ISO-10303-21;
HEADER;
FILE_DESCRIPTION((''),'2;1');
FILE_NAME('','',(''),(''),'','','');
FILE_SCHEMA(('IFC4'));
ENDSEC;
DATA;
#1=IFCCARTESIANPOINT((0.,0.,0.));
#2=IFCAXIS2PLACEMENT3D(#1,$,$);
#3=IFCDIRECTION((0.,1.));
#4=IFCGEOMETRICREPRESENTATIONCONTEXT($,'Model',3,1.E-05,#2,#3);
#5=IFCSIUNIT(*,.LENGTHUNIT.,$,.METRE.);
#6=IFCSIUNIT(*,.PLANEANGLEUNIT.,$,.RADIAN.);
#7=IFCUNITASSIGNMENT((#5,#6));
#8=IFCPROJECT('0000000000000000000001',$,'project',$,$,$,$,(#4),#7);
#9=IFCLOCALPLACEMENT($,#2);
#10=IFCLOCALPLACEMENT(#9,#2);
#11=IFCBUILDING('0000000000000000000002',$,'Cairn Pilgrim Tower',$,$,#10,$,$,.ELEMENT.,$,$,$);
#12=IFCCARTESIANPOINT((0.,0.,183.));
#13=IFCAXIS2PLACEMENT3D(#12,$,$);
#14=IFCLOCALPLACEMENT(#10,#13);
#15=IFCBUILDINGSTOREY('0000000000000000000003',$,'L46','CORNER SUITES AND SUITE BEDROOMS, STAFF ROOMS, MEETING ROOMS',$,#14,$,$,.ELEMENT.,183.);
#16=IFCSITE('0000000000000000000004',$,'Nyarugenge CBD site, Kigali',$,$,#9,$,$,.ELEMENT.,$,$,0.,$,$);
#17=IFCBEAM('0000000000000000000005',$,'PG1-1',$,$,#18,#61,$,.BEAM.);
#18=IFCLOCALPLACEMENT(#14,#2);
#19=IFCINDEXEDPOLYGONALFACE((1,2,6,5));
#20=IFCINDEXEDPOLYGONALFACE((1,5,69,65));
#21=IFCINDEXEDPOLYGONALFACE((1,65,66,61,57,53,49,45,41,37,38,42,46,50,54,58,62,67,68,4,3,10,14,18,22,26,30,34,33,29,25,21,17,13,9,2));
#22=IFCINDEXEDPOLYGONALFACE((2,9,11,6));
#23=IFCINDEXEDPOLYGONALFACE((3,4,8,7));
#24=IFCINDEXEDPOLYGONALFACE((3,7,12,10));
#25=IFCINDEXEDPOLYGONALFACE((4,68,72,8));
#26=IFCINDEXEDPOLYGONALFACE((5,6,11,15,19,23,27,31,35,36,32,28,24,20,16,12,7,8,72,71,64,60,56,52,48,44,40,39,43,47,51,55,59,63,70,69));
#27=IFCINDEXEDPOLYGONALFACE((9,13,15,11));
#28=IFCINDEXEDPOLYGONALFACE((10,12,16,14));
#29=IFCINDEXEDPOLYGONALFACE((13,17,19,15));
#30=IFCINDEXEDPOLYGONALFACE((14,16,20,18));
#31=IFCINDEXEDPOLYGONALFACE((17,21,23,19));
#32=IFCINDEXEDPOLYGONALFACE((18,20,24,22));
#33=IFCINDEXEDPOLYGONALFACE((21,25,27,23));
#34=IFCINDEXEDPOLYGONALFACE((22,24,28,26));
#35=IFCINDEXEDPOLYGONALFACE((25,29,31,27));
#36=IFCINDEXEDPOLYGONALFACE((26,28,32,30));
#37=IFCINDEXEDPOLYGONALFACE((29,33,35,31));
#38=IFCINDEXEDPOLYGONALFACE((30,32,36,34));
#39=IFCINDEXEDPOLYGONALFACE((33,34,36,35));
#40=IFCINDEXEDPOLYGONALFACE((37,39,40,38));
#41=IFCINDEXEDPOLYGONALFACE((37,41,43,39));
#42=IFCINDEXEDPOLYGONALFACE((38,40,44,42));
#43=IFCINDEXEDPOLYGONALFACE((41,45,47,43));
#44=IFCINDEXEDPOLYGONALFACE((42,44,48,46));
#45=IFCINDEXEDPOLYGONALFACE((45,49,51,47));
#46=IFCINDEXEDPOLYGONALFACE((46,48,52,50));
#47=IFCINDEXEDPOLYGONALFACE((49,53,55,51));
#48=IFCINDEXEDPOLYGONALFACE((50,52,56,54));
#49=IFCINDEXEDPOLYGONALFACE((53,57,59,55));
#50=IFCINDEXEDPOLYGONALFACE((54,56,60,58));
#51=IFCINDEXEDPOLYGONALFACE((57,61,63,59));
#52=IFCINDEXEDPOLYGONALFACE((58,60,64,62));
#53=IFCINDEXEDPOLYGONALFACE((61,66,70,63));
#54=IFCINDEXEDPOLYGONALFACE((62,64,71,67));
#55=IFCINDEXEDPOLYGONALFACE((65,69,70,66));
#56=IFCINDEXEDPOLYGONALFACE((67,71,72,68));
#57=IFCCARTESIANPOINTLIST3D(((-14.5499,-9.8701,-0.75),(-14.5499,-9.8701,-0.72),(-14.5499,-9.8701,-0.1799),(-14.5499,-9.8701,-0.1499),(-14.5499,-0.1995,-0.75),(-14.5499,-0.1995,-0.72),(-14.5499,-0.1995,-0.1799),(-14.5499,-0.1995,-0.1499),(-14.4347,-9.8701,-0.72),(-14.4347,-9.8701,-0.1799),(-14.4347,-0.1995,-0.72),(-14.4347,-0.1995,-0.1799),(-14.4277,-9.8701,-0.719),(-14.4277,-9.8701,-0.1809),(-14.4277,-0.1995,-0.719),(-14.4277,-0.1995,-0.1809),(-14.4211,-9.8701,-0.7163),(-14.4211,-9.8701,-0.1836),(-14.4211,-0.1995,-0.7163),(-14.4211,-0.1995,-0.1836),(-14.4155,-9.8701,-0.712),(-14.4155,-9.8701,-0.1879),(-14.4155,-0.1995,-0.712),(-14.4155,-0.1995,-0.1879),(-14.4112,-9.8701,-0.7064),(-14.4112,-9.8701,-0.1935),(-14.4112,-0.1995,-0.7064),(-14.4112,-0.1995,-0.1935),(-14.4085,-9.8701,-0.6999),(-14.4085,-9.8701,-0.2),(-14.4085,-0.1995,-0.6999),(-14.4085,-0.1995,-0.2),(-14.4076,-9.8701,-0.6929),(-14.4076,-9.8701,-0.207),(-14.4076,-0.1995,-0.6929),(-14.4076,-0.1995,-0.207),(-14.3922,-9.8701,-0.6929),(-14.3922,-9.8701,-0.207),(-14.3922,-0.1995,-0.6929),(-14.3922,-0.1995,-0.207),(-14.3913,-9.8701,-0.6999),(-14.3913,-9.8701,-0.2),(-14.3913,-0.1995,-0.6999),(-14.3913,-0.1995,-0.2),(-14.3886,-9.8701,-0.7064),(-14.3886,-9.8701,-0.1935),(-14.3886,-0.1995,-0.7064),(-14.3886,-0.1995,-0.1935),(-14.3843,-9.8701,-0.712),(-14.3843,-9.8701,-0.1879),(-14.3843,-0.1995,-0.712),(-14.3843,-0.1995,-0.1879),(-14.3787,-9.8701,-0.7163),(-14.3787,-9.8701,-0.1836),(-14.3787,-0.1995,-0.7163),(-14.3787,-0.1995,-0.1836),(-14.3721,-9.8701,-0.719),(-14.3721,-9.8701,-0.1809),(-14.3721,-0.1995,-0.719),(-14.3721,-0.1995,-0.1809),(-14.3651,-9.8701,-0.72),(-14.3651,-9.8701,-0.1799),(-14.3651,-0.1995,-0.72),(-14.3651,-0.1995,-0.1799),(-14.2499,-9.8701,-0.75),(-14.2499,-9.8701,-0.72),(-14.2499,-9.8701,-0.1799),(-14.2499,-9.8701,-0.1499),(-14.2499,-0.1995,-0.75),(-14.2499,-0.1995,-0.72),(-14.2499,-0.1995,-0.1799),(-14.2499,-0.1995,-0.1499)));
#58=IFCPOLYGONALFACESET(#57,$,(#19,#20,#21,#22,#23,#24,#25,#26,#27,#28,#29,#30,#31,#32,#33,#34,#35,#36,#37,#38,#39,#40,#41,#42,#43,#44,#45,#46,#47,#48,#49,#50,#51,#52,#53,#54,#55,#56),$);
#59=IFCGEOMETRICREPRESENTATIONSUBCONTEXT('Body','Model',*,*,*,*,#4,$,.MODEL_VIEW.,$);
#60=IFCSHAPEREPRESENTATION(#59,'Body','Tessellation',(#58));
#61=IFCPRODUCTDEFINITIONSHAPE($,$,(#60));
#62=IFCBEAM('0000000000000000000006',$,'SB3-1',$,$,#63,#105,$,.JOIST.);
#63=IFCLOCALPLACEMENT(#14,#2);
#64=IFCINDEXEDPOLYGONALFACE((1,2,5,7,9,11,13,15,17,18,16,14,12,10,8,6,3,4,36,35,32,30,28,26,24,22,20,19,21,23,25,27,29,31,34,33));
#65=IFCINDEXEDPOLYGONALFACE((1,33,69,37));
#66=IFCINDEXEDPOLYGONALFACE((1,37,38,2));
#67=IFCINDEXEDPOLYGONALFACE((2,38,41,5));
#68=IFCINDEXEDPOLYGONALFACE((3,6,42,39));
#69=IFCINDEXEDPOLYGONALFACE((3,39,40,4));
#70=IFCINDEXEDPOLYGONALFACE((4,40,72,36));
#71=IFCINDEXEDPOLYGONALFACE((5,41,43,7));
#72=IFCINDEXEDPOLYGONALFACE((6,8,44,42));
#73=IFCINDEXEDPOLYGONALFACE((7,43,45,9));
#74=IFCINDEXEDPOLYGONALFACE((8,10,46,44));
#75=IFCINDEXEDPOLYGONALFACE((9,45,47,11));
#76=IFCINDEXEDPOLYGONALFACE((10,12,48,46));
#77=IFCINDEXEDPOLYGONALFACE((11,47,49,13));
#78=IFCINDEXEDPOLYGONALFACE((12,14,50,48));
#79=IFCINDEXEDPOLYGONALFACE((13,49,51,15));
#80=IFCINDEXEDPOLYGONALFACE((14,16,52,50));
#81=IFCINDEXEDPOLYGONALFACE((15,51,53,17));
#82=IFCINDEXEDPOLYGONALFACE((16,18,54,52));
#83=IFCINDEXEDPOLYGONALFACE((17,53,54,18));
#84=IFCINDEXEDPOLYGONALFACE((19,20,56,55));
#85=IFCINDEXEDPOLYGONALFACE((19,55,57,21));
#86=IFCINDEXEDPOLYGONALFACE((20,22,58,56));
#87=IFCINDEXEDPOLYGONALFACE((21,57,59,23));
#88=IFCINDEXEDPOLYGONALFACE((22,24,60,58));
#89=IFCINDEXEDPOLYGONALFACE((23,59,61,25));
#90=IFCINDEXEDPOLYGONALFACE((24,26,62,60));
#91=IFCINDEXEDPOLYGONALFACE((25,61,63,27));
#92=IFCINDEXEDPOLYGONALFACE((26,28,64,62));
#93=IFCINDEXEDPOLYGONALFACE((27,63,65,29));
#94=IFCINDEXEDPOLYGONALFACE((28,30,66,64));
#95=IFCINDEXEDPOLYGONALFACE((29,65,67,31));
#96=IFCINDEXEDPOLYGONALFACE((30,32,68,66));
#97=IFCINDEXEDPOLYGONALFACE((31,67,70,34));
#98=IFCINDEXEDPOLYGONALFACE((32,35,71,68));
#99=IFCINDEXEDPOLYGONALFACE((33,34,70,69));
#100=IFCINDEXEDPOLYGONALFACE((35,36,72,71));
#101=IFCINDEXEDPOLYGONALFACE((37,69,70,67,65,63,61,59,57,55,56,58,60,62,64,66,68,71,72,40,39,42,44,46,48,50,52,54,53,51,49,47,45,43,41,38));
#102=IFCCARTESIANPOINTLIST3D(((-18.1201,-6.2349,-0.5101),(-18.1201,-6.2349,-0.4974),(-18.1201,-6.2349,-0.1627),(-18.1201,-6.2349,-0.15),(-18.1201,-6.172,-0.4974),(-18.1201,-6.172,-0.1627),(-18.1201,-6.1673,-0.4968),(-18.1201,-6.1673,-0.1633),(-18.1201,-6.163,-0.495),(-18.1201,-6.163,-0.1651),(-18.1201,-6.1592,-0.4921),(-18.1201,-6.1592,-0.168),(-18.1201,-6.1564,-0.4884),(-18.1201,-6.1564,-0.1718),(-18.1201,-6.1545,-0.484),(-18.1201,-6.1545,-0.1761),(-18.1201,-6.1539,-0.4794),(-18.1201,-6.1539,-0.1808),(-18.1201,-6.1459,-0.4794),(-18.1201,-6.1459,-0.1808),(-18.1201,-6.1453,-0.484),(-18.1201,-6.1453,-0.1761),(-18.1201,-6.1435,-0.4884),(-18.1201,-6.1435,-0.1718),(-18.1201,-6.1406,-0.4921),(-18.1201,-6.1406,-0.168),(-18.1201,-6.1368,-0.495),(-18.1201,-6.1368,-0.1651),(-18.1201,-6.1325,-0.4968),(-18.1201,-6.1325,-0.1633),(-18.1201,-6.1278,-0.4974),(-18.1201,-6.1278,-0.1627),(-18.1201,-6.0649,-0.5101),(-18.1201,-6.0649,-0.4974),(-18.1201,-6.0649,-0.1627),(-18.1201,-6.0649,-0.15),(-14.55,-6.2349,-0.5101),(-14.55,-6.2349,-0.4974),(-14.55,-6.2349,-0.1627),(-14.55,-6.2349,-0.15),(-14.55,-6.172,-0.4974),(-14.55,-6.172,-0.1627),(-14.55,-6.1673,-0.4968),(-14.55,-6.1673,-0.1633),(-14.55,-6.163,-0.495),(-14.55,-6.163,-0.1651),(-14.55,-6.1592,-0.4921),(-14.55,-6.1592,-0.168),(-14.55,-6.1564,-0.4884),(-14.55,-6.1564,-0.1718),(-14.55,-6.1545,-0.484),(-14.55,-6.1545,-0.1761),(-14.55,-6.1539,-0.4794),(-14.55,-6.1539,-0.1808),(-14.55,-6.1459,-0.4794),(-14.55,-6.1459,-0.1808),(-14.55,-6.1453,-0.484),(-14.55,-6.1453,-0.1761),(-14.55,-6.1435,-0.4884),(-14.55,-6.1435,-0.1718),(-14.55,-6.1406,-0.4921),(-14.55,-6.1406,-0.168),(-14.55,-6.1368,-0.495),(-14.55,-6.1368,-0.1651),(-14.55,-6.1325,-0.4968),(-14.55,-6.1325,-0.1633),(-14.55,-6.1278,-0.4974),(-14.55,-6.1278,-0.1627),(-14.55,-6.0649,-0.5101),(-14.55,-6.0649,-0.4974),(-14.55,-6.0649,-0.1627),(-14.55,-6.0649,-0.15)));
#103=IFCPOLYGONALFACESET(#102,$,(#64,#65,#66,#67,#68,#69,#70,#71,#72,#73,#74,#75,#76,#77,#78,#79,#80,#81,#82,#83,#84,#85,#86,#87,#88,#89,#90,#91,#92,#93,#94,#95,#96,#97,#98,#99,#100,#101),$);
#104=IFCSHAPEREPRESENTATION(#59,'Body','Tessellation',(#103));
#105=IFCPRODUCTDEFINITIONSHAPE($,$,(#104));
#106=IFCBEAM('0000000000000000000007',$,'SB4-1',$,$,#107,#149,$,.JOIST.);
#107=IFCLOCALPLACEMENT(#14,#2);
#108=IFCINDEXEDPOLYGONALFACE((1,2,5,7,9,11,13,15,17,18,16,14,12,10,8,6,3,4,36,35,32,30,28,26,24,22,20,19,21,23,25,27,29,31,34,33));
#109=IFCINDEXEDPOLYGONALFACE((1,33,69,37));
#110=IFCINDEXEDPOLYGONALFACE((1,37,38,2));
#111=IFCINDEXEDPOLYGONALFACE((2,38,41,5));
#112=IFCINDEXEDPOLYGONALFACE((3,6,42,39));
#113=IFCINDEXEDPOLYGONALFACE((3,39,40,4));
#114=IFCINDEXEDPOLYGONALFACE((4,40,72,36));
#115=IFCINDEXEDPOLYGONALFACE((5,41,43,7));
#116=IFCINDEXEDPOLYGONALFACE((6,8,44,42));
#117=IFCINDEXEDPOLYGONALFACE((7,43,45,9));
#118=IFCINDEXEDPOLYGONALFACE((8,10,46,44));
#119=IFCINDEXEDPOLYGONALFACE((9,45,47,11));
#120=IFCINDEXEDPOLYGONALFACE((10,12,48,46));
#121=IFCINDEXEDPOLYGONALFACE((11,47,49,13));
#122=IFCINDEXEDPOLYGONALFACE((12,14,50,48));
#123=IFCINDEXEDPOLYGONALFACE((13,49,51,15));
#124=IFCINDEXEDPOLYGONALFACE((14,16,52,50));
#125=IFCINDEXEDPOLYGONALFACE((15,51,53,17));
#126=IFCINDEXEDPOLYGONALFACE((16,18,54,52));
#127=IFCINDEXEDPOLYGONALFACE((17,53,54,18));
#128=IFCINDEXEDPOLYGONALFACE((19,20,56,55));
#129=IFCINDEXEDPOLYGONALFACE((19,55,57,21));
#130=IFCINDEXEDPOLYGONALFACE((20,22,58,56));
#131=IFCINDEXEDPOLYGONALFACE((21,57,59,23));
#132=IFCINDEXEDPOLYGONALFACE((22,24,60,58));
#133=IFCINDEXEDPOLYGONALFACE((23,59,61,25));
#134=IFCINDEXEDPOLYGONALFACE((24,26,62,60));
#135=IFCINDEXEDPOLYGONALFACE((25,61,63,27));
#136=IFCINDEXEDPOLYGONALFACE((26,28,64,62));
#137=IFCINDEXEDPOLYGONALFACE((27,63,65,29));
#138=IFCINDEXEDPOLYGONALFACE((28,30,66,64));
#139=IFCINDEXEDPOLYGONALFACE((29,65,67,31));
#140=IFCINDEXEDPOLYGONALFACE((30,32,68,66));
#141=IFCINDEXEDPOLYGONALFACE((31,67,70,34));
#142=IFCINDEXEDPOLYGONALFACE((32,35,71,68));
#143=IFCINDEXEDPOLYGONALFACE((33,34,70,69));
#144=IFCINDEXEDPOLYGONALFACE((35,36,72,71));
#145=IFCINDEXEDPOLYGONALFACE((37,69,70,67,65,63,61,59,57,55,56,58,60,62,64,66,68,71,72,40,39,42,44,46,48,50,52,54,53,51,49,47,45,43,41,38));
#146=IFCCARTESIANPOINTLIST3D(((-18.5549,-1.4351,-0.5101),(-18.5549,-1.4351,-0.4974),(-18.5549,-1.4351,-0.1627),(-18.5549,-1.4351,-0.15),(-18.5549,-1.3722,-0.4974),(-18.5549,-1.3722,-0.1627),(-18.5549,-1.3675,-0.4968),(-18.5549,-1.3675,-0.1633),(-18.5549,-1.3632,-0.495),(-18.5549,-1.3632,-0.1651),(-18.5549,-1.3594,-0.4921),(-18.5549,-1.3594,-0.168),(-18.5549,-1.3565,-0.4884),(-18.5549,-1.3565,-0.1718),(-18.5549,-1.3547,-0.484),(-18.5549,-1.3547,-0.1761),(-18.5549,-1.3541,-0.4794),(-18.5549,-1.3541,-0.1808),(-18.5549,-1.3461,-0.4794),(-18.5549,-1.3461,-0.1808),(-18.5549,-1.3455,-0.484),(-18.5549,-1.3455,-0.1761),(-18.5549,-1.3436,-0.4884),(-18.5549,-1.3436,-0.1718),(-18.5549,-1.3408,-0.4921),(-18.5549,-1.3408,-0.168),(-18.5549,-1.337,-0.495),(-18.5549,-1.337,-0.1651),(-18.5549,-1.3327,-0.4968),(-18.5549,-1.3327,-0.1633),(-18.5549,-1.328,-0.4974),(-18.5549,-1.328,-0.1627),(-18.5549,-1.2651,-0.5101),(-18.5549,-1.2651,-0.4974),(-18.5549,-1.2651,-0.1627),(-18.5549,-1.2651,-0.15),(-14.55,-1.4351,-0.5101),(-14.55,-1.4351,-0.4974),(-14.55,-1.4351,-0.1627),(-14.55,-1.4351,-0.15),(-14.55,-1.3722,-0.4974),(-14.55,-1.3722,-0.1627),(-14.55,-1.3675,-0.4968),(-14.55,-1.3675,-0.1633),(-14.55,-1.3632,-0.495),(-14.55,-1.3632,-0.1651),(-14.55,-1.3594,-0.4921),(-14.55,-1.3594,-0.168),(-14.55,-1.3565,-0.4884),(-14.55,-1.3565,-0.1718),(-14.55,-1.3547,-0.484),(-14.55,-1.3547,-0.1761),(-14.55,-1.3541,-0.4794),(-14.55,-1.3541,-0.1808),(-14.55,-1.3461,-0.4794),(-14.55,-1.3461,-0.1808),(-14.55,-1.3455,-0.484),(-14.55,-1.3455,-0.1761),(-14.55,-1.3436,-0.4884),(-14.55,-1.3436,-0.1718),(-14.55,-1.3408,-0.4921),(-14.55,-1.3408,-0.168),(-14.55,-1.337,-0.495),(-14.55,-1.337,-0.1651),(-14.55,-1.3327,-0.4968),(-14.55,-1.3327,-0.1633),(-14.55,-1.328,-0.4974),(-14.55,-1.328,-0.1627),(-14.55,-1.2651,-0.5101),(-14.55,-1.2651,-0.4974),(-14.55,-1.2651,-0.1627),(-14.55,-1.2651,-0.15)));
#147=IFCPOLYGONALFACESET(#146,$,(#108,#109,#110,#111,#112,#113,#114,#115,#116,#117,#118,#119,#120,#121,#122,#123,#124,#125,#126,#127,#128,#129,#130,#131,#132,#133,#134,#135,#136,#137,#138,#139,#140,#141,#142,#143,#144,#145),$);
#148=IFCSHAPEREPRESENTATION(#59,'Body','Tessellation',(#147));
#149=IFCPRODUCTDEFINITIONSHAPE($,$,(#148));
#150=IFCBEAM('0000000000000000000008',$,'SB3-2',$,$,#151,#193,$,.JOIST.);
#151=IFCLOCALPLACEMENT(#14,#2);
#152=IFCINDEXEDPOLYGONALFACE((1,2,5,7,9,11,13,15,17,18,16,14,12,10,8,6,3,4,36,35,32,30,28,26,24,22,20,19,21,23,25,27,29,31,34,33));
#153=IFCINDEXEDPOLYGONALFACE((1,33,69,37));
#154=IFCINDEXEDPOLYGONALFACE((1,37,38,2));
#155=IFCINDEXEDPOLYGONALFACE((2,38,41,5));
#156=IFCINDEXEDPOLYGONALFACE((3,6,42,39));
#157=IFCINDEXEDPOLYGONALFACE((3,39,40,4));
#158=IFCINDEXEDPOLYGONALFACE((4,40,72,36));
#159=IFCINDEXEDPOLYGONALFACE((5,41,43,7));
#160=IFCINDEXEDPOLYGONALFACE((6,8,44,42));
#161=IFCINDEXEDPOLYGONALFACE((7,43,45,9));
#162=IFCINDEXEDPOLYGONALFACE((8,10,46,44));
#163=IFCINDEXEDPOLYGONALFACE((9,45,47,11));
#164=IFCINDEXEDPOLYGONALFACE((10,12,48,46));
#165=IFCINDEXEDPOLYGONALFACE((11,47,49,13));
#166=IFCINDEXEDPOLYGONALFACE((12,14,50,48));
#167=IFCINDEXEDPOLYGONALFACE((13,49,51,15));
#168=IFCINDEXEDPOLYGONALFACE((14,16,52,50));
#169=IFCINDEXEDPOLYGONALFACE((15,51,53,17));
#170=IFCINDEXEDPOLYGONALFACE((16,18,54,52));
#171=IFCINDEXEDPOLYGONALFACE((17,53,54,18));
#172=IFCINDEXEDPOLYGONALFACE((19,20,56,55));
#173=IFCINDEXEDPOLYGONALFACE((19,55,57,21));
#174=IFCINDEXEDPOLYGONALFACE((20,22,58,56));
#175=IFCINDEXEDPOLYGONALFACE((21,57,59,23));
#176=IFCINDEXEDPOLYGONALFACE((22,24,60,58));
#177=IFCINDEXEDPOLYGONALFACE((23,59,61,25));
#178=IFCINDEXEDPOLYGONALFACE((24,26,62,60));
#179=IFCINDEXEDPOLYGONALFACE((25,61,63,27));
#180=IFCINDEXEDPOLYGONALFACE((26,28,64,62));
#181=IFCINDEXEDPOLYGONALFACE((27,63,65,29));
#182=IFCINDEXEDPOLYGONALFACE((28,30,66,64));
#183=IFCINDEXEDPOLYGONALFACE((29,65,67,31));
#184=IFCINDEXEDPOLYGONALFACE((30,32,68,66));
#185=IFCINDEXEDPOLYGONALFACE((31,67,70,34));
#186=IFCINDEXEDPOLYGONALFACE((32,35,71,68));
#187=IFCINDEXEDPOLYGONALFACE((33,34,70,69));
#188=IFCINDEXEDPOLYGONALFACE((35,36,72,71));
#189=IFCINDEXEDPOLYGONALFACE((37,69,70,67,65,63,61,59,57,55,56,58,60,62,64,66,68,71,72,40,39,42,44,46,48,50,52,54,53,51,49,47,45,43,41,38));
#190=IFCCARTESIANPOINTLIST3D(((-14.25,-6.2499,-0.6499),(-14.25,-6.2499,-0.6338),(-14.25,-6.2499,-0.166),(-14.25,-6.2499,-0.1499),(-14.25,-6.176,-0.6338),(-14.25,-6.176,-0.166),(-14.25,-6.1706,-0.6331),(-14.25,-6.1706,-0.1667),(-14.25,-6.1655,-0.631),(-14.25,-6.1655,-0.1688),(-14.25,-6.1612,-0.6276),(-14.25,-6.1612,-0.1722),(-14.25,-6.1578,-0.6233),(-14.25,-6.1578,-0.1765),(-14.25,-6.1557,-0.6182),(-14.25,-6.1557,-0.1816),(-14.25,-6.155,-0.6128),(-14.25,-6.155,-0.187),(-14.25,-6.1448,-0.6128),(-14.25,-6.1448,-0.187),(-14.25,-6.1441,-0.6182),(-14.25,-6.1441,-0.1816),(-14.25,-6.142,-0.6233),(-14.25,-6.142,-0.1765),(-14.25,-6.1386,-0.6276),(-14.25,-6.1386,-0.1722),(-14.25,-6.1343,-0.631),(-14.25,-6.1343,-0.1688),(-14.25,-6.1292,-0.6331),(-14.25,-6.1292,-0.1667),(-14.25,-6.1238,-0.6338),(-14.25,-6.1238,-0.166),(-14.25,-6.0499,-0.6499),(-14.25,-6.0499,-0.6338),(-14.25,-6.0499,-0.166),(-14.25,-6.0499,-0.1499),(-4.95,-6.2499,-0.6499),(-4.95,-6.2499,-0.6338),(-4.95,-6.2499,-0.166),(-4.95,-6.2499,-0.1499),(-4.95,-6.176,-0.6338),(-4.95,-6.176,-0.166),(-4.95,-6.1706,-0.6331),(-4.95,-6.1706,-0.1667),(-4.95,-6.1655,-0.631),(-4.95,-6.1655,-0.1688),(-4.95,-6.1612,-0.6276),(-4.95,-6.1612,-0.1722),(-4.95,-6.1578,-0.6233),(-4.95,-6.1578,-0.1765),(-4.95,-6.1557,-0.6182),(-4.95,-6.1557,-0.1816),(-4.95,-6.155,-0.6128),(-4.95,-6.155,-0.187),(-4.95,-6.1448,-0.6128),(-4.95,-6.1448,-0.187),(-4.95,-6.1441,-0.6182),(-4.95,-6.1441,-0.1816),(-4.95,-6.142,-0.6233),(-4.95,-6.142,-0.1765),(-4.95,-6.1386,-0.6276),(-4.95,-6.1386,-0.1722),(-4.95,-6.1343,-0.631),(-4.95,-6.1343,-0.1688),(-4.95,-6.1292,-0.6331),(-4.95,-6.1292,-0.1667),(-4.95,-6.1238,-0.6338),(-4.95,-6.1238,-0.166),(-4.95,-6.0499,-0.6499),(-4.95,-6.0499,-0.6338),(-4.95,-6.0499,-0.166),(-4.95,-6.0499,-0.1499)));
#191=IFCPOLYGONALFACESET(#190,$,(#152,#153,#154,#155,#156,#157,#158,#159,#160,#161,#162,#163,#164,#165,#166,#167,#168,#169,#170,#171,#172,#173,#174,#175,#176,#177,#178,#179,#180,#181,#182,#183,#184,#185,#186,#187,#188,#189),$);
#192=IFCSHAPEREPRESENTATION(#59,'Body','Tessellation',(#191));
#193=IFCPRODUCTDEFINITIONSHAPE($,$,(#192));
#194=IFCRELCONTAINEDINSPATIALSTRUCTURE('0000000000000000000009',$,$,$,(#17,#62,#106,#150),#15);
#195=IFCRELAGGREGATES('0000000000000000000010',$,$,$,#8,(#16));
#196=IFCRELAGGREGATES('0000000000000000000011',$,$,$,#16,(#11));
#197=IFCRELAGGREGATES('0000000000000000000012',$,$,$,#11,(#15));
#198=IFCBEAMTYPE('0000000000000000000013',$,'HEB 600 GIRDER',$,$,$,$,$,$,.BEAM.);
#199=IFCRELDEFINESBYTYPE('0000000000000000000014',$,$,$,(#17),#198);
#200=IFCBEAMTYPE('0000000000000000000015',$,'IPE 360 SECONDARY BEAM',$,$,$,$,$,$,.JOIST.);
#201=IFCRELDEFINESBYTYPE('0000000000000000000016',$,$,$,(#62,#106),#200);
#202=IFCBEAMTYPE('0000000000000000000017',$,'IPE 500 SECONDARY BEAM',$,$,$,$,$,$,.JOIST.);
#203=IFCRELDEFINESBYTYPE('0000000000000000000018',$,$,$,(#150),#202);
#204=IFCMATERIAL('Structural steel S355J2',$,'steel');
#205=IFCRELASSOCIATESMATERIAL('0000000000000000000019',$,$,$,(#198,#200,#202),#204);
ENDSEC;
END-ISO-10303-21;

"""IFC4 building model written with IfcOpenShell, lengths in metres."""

from ifc_helpers import new_model, si_unit, direction, frame, origin, origin_2d, place, context, subcontext, project, spatial, i_section, extrude, material, material_profile, profile_set, type_object, element, save


model = new_model("IFC4")

# Units and contexts
model_context = context("Model", 3, precision=1e-05, world=origin(), true_north=direction((0.0, 1.0)))
body_context = subcontext(model_context, "Body", "Model", "MODEL_VIEW")
ifc_project = project(units=[si_unit("LENGTHUNIT", "METRE"), si_unit("PLANEANGLEUNIT", "RADIAN")], contexts=[model_context])

# Site, building, storey
site_placement = place(None, origin())
site = spatial("IfcSite", under=ifc_project, at=site_placement, Name="Nyarugenge CBD site, Kigali", CompositionType="ELEMENT", RefElevation=0.0)
building_placement = place(site_placement, origin())
building = spatial("IfcBuilding", under=site, at=building_placement, Name="Cairn Pilgrim Tower", CompositionType="ELEMENT")
storey_placement = place(building_placement, frame((0.0, 0.0, 183.0)))
storey = spatial("IfcBuildingStorey", under=building, at=storey_placement, Name="L46", Description="CORNER SUITES AND SUITE BEDROOMS, STAFF ROOMS, MEETING ROOMS", CompositionType="ELEMENT", Elevation=183.0)

# Shared definitions
ifc_material_1 = material(Name="Structural steel S355J2", Category="steel")

# Beams
ifc_material_profile_1 = material_profile(ifc_material_1, i_section(OverallWidth=0.3, OverallDepth=0.6001, WebThickness=0.0154, FlangeThickness=0.03, FilletRadius=0.0271, at=origin_2d()), Name="HEB 600")
ifc_profile_set_1 = profile_set([ifc_material_profile_1], Name="Structural steel S355J2")
beam_type_1 = type_object("IfcBeamType", Name="HEB 600 GIRDER", PredefinedType="BEAM", material=ifc_profile_set_1)
beam_1_placement = place(storey_placement, frame((-14.3999, -9.8701, -0.45), z_axis=(0.0, 1.0, 0.0), x_axis=(-1.0, 0.0, 0.0)))
element("IfcBeam", 1, at=beam_1_placement, inside=storey, type_object=beam_type_1, Name="PG1-1", PredefinedType="BEAM", context=body_context, shape_type="SweptSolid", body=[
    extrude(i_section(OverallWidth=0.3, OverallDepth=0.6001, WebThickness=0.0154, FlangeThickness=0.03, FilletRadius=0.0271, at=origin_2d()), origin(), (0.0, 0.0, 1.0), 9.6707),
])
ifc_material_profile_2 = material_profile(ifc_material_1, i_section(OverallWidth=0.1699, OverallDepth=0.3601, WebThickness=0.0081, FlangeThickness=0.0127, FilletRadius=0.0181, at=origin_2d()), Name="IPE 360")
ifc_profile_set_2 = profile_set([ifc_material_profile_2], Name="Structural steel S355J2")
beam_type_2 = type_object("IfcBeamType", Name="IPE 360 SECONDARY BEAM", PredefinedType="JOIST", material=ifc_profile_set_2)
beam_2_placement = place(storey_placement, frame((-18.1201, -6.1499, -0.3301), z_axis=(1.0, 0.0, 0.0), x_axis=(0.0, 1.0, 0.0)))
element("IfcBeam", 2, at=beam_2_placement, inside=storey, type_object=beam_type_2, Name="SB3-1", PredefinedType="JOIST", context=body_context, shape_type="SweptSolid", body=[
    extrude(i_section(OverallWidth=0.1699, OverallDepth=0.3601, WebThickness=0.0081, FlangeThickness=0.0127, FilletRadius=0.0181, at=origin_2d()), origin(), (0.0, 0.0, 1.0), 3.5701),
])
beam_3_placement = place(storey_placement, frame((-18.5549, -1.3501, -0.3301), z_axis=(1.0, 0.0, 0.0), x_axis=(0.0, 1.0, 0.0)))
element("IfcBeam", 3, at=beam_3_placement, inside=storey, type_object=beam_type_2, Name="SB4-1", PredefinedType="JOIST", context=body_context, shape_type="SweptSolid", body=[
    extrude(i_section(OverallWidth=0.1699, OverallDepth=0.3601, WebThickness=0.0081, FlangeThickness=0.0127, FilletRadius=0.0181, at=origin_2d()), origin(), (0.0, 0.0, 1.0), 4.0049),
])
ifc_material_profile_3 = material_profile(ifc_material_1, i_section(OverallWidth=0.2, OverallDepth=0.5, WebThickness=0.0103, FlangeThickness=0.0161, FilletRadius=0.021, at=origin_2d()), Name="IPE 500")
ifc_profile_set_3 = profile_set([ifc_material_profile_3], Name="Structural steel S355J2")
beam_type_3 = type_object("IfcBeamType", Name="IPE 500 SECONDARY BEAM", PredefinedType="JOIST", material=ifc_profile_set_3)
for number, where, z_axis, x_axis, name in (
    (4, (-14.25, -6.1499, -0.3999), (1.0, 0.0, 0.0), (0.0, 1.0, 0.0), "SB3-2"),
):
    element("IfcBeam", number, at=place(storey_placement, frame(where, z_axis=z_axis, x_axis=x_axis)), inside=storey, type_object=beam_type_3, Name=name, PredefinedType="JOIST", context=body_context, shape_type="SweptSolid", body=[
        extrude(i_section(OverallWidth=0.2, OverallDepth=0.5, WebThickness=0.0103, FlangeThickness=0.0161, FilletRadius=0.021, at=origin_2d()), origin(), (0.0, 0.0, 1.0), 9.3),
    ])

save(model, "model.ifc")
